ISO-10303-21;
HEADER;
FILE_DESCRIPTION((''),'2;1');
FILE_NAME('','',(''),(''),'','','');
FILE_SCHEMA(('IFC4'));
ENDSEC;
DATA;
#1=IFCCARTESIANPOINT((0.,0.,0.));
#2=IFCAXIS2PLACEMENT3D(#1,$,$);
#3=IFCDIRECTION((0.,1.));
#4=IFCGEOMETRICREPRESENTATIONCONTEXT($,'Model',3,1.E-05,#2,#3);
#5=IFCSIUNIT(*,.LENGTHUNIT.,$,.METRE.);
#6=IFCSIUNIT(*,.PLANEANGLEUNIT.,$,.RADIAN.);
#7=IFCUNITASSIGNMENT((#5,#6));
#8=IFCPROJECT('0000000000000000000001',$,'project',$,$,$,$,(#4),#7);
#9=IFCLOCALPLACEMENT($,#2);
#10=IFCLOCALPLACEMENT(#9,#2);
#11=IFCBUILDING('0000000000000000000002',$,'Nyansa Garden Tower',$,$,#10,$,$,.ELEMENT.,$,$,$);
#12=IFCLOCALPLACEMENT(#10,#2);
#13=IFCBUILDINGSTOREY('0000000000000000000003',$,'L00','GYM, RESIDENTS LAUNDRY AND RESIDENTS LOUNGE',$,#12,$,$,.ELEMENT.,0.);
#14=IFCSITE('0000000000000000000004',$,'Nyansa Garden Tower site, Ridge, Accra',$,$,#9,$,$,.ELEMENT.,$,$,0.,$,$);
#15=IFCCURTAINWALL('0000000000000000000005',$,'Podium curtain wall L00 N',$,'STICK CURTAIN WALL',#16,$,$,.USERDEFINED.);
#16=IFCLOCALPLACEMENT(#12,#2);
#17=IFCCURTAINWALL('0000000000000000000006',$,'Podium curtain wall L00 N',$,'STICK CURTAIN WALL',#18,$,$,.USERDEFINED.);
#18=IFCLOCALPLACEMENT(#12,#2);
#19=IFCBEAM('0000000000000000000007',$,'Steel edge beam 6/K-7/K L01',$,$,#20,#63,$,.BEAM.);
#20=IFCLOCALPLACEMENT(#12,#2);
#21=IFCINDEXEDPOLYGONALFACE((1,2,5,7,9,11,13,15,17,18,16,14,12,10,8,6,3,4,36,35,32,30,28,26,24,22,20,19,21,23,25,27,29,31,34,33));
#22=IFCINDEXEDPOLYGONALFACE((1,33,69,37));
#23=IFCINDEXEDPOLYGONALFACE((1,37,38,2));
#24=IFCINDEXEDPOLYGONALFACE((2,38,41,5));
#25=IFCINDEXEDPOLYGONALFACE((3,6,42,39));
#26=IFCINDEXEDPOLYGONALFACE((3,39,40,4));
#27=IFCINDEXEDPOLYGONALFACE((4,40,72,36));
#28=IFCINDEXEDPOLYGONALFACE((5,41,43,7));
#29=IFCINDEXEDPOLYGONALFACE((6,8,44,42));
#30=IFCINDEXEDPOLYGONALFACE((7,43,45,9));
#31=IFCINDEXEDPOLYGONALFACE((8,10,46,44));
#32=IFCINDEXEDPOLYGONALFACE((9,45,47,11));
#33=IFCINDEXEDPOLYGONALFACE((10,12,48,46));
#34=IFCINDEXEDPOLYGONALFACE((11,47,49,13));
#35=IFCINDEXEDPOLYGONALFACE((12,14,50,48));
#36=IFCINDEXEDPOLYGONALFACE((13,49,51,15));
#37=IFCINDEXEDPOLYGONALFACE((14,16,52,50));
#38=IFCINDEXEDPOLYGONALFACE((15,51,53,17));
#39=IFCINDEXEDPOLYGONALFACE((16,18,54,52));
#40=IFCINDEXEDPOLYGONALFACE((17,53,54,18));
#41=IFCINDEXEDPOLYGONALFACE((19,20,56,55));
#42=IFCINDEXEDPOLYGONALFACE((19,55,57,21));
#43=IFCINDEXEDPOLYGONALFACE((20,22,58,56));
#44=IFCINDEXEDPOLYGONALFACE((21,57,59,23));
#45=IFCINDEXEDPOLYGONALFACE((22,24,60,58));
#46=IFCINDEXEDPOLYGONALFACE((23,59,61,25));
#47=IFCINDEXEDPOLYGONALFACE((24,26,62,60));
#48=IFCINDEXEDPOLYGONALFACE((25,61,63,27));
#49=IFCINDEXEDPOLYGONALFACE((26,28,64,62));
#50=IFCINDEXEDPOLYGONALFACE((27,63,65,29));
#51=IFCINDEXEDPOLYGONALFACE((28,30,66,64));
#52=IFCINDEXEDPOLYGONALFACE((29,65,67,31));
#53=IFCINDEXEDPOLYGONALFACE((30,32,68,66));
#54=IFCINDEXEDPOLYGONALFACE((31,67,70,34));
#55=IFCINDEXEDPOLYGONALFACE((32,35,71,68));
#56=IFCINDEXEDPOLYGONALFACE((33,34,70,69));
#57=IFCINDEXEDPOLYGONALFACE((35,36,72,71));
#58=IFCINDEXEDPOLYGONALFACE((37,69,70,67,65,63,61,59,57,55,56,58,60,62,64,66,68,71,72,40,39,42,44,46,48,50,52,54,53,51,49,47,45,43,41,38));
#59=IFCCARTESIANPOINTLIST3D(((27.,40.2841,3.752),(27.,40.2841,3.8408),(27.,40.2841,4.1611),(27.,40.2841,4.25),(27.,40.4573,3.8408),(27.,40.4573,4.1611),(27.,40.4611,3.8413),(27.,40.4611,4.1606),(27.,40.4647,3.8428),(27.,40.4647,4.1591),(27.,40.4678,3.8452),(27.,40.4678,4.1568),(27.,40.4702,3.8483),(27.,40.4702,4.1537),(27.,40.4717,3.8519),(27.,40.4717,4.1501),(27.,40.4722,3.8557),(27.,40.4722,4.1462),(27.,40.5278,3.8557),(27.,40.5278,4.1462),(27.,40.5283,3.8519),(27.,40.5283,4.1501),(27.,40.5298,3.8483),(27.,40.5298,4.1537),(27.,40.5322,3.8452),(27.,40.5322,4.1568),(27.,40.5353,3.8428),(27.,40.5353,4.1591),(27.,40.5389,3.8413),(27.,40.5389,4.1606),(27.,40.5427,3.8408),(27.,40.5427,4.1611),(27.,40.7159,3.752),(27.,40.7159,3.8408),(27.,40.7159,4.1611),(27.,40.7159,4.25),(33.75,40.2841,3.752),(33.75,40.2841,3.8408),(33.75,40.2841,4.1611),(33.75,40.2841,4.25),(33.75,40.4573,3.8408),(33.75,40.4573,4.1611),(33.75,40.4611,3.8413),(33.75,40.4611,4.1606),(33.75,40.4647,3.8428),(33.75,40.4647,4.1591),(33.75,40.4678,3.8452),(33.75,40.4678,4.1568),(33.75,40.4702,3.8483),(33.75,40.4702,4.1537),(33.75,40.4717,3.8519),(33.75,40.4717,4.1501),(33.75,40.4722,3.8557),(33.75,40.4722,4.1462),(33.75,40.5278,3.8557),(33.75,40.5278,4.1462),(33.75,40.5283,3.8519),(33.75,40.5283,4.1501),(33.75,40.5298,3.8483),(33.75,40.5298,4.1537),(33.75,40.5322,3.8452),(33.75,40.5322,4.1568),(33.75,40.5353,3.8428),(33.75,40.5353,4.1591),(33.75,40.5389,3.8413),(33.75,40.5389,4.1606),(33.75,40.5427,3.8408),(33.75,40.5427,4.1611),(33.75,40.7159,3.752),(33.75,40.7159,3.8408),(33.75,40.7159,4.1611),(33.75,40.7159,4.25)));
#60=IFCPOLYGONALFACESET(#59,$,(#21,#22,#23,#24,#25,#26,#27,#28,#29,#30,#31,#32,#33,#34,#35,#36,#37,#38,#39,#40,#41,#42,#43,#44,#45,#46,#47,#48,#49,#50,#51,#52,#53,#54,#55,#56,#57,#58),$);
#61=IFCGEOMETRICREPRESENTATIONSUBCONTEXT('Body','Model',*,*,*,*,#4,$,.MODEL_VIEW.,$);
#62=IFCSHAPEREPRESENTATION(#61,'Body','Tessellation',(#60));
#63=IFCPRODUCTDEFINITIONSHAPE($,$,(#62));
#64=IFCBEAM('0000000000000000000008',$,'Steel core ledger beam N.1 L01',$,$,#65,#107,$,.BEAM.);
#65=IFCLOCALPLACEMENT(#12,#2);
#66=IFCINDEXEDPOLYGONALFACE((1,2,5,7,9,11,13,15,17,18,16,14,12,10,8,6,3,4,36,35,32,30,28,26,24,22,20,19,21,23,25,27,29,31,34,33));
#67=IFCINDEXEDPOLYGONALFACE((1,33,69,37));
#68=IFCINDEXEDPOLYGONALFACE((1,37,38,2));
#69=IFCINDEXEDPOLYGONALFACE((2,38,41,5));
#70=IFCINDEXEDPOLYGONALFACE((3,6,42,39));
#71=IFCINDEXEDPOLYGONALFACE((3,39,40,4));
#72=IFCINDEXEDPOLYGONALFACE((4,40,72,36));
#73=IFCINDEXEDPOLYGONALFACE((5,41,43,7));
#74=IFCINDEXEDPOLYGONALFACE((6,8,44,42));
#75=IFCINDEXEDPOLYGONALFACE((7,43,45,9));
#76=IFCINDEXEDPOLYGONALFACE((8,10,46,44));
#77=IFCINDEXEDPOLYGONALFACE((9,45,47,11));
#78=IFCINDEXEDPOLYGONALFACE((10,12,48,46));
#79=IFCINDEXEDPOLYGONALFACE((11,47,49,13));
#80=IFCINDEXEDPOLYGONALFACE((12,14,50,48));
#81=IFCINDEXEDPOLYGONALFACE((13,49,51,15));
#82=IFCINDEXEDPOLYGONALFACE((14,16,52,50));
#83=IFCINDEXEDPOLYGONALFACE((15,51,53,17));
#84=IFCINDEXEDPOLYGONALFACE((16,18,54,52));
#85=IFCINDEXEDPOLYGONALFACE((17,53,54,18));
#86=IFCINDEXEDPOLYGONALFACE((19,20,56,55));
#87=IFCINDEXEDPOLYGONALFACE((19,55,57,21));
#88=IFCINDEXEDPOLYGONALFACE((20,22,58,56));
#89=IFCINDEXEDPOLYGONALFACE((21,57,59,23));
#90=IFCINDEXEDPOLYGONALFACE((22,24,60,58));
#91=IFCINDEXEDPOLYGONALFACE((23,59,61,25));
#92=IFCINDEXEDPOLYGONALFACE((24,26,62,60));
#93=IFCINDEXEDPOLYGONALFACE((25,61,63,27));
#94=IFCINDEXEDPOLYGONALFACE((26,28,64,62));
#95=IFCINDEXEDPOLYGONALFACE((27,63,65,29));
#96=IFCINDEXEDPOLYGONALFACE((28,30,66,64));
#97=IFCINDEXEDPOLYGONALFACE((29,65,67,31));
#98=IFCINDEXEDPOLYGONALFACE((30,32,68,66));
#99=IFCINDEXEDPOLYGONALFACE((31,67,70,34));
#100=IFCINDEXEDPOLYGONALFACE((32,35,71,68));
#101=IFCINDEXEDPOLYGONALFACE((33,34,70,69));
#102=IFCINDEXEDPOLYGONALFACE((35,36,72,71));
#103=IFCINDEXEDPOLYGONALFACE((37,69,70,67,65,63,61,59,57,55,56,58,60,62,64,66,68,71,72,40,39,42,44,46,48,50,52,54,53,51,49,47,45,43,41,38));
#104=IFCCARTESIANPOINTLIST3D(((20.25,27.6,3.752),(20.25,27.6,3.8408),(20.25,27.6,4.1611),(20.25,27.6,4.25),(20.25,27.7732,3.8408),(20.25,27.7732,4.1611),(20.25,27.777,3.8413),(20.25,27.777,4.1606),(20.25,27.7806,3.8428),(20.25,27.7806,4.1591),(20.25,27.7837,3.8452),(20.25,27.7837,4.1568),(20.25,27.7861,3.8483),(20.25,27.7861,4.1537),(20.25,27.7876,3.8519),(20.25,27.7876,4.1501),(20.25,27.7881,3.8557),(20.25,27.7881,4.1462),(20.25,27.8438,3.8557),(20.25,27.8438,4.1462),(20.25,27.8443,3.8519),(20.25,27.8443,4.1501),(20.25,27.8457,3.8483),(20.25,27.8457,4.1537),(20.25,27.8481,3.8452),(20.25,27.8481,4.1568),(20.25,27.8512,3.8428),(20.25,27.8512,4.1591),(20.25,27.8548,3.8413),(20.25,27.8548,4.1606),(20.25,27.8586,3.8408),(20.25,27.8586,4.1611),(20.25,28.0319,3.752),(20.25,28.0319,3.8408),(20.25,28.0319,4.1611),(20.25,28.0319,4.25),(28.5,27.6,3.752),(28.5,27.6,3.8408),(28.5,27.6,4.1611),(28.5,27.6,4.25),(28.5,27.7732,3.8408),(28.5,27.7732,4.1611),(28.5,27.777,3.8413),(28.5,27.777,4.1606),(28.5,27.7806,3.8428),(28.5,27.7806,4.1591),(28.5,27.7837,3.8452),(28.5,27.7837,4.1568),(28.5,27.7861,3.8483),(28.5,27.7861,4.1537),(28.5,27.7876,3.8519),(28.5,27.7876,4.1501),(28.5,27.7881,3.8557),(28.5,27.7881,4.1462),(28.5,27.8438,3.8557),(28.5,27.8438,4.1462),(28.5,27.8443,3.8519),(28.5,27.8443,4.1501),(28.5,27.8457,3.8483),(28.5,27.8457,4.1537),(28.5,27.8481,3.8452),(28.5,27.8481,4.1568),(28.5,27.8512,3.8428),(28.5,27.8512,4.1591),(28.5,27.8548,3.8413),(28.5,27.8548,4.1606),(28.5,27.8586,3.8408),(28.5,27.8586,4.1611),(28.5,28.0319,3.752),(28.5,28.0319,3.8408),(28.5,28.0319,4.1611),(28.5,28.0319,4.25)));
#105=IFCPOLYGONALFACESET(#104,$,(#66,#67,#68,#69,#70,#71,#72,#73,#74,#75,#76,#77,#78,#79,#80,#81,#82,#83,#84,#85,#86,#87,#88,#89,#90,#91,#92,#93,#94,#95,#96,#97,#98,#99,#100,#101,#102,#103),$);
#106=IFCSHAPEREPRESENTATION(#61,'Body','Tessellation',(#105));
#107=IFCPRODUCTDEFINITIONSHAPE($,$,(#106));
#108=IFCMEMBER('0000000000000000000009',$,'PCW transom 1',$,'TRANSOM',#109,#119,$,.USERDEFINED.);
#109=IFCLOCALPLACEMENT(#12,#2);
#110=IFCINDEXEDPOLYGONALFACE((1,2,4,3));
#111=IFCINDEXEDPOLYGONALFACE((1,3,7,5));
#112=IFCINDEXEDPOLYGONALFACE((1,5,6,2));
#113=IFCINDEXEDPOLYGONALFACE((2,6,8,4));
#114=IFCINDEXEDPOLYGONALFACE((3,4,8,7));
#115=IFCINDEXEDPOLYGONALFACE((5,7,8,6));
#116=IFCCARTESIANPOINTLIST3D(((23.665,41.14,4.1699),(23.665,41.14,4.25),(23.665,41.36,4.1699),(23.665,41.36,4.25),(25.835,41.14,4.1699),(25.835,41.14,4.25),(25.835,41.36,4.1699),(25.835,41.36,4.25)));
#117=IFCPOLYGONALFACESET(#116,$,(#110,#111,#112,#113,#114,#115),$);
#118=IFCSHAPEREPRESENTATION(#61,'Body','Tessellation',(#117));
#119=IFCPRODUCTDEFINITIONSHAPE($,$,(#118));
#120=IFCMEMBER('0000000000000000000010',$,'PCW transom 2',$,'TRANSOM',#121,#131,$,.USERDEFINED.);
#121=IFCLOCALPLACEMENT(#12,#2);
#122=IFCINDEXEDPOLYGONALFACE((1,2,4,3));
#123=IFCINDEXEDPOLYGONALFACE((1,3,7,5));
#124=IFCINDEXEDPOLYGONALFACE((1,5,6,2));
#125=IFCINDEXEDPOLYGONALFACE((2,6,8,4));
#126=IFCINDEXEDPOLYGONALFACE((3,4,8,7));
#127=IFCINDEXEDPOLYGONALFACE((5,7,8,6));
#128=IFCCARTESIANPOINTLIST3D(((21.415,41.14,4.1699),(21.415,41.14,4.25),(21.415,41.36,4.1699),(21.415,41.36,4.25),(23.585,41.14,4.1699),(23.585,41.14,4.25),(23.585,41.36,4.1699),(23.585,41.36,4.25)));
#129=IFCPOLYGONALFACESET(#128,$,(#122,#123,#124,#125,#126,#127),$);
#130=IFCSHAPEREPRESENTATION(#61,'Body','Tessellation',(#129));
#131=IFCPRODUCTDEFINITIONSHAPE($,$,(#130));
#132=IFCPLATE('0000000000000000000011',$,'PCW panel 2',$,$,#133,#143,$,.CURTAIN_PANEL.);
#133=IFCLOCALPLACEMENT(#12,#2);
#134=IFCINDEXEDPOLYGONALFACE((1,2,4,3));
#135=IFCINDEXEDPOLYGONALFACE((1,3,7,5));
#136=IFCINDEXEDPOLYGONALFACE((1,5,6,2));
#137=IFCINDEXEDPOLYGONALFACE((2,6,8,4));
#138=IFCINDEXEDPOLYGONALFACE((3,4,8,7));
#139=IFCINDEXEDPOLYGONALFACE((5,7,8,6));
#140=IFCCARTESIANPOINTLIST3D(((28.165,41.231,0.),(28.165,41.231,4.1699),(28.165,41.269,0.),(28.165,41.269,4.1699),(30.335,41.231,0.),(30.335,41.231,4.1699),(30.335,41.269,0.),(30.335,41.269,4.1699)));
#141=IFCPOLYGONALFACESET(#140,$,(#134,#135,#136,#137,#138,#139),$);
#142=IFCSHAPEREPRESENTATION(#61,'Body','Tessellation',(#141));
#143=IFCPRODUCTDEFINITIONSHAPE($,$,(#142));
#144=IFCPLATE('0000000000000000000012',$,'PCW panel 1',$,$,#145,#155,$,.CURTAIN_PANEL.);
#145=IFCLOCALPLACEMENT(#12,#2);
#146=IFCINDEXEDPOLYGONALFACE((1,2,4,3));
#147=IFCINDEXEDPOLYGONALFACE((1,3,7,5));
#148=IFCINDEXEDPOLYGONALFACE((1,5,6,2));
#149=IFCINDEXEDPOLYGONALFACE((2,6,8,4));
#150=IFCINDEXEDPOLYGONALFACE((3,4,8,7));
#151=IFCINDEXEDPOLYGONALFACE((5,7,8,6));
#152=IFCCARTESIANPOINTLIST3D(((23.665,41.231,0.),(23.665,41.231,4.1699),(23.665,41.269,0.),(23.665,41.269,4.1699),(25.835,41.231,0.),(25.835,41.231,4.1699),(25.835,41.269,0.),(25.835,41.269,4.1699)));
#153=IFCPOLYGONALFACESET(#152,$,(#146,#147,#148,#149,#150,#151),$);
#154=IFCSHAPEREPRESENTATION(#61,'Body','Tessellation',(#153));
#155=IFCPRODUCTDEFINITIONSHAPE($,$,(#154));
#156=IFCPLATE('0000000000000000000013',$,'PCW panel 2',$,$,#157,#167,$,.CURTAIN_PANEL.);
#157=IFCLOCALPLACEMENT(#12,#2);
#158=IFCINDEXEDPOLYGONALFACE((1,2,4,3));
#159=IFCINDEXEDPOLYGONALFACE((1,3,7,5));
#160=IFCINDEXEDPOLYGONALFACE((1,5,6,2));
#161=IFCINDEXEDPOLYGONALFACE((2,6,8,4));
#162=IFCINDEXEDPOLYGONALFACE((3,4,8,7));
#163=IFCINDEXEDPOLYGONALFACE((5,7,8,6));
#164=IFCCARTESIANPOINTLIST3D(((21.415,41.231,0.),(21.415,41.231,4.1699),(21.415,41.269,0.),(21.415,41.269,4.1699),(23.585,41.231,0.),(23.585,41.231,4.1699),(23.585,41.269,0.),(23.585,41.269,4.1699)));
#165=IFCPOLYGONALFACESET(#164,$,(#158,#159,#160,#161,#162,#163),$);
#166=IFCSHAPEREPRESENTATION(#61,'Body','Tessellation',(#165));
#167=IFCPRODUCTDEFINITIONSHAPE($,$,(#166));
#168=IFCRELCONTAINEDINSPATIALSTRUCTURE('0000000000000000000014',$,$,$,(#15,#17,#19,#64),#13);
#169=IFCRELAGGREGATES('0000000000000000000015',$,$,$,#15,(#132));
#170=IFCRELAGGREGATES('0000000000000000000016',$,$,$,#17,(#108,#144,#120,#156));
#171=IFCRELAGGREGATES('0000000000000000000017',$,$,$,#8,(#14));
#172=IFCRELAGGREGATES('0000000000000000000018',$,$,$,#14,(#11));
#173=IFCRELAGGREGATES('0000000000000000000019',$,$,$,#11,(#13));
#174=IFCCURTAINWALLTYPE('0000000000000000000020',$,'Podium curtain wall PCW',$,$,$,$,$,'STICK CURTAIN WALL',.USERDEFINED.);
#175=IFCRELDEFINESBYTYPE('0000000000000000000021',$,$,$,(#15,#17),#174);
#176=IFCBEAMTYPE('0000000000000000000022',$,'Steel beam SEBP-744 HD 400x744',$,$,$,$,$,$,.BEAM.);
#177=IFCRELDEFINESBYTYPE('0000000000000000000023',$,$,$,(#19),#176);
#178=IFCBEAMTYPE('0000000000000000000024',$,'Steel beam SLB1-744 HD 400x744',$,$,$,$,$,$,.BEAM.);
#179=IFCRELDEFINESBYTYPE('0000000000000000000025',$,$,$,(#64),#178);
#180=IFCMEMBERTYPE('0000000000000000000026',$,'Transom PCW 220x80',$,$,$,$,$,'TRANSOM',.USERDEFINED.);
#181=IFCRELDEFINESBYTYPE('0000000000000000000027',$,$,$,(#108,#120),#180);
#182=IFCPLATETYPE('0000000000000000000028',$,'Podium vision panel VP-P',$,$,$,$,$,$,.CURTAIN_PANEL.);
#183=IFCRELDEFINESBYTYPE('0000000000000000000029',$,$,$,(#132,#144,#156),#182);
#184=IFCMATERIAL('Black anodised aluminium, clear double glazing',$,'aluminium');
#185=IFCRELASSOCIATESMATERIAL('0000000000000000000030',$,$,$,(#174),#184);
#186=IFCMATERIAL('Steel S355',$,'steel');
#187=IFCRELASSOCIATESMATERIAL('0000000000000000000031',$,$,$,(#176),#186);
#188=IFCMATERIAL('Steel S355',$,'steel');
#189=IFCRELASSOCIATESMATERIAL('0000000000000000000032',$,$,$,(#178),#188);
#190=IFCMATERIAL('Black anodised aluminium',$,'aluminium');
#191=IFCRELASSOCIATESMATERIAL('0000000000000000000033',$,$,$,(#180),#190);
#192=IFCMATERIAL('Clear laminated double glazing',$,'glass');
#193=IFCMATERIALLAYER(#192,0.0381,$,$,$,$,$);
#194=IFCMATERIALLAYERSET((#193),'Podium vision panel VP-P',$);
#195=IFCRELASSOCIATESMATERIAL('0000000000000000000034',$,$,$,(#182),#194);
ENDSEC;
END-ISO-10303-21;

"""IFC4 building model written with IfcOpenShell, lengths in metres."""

from ifc_helpers import new_model, si_unit, direction, frame, origin, origin_2d, place, context, subcontext, project, spatial, rectangle, i_section, extrude, material, layer, layer_set, material_profile, profile_set, type_object, element, aggregate, save


model = new_model("IFC4")

# Units and contexts
model_context = context("Model", 3, precision=1e-05, world=origin(), true_north=direction((0.0, 1.0)))
body_context = subcontext(model_context, "Body", "Model", "MODEL_VIEW")
ifc_project = project(units=[si_unit("LENGTHUNIT", "METRE"), si_unit("PLANEANGLEUNIT", "RADIAN")], contexts=[model_context])

# Site, building, storey
site_placement = place(None, origin())
site = spatial("IfcSite", under=ifc_project, at=site_placement, Name="Nyansa Garden Tower site, Ridge, Accra", CompositionType="ELEMENT", RefElevation=0.0)
building_placement = place(site_placement, origin())
building = spatial("IfcBuilding", under=site, at=building_placement, Name="Nyansa Garden Tower", CompositionType="ELEMENT")
storey_placement = place(building_placement, origin())
storey = spatial("IfcBuildingStorey", under=building, at=storey_placement, Name="L00", Description="GYM, RESIDENTS LAUNDRY AND RESIDENTS LOUNGE", CompositionType="ELEMENT", Elevation=0.0)

# Curtain wall
ifc_material_1 = material(Name="Black anodised aluminium, clear double glazing", Category="aluminium")
curtain_wall_type = type_object("IfcCurtainWallType", Name="Podium curtain wall PCW", ElementType="STICK CURTAIN WALL", PredefinedType="USERDEFINED", material=ifc_material_1)
curtain_wall_1_placement = place(storey_placement, origin())
curtain_wall_1 = element("IfcCurtainWall", 1, at=curtain_wall_1_placement, inside=storey, type_object=curtain_wall_type, Name="Podium curtain wall L00 N", ObjectType="STICK CURTAIN WALL", PredefinedType="USERDEFINED")

# Curtain wall
curtain_wall_2_placement = place(storey_placement, origin())
curtain_wall_2 = element("IfcCurtainWall", 2, at=curtain_wall_2_placement, inside=storey, type_object=curtain_wall_type, Name="Podium curtain wall L00 N", ObjectType="STICK CURTAIN WALL", PredefinedType="USERDEFINED")

# Beams
ifc_material_2 = material(Name="Steel S355", Category="steel")
ifc_material_profile_1 = material_profile(ifc_material_2, i_section(OverallWidth=0.4319, OverallDepth=0.498, WebThickness=0.0557, FlangeThickness=0.0889, FilletRadius=0.0149, at=origin_2d()), Name="HD 400x744")
ifc_profile_set_1 = profile_set([ifc_material_profile_1], Name="Steel S355")
beam_type_1 = type_object("IfcBeamType", Name="Steel beam SEBP-744 HD 400x744", PredefinedType="BEAM", material=ifc_profile_set_1)
beam_1_placement = place(storey_placement, frame((27.0, 40.5, 4.001), z_axis=(1.0, 0.0, 0.0), x_axis=(0.0, 1.0, 0.0)))
element("IfcBeam", 3, at=beam_1_placement, inside=storey, type_object=beam_type_1, Name="Steel edge beam 6/K-7/K L01", PredefinedType="BEAM", context=body_context, shape_type="SweptSolid", body=[
    extrude(i_section(OverallWidth=0.4319, OverallDepth=0.498, WebThickness=0.0557, FlangeThickness=0.0889, FilletRadius=0.0149, at=origin_2d()), origin(), (0.0, 0.0, 1.0), 6.75),
])
ifc_material_3 = material(Name="Steel S355", Category="steel")
ifc_material_profile_2 = material_profile(ifc_material_3, i_section(OverallWidth=0.4319, OverallDepth=0.498, WebThickness=0.0557, FlangeThickness=0.0889, FilletRadius=0.0149, at=origin_2d()), Name="HD 400x744")
ifc_profile_set_2 = profile_set([ifc_material_profile_2], Name="Steel S355")
beam_type_2 = type_object("IfcBeamType", Name="Steel beam SLB1-744 HD 400x744", PredefinedType="BEAM", material=ifc_profile_set_2)
beam_2_placement = place(storey_placement, frame((28.5, 27.8159, 4.001), z_axis=(-1.0, 0.0, 0.0), x_axis=(0.0, -1.0, 0.0)))
element("IfcBeam", 4, at=beam_2_placement, inside=storey, type_object=beam_type_2, Name="Steel core ledger beam N.1 L01", PredefinedType="BEAM", context=body_context, shape_type="SweptSolid", body=[
    extrude(i_section(OverallWidth=0.4319, OverallDepth=0.498, WebThickness=0.0557, FlangeThickness=0.0889, FilletRadius=0.0149, at=origin_2d()), origin(), (0.0, 0.0, 1.0), 8.25),
])

# Members
ifc_material_4 = material(Name="Black anodised aluminium", Category="aluminium")
ifc_material_profile_3 = material_profile(ifc_material_4, rectangle(XDim=0.22, YDim=0.0801, at=origin_2d()), Name="Transom 220x80")
ifc_profile_set_3 = profile_set([ifc_material_profile_3], Name="Black anodised aluminium")
member_type_1 = type_object("IfcMemberType", Name="Transom PCW 220x80", ElementType="TRANSOM", PredefinedType="USERDEFINED", material=ifc_profile_set_3)
member_1_placement = place(storey_placement, frame((25.835, 41.25, 4.21), z_axis=(-1.0, 0.0, 0.0), x_axis=(0.0, -1.0, 0.0)))
member_1 = element("IfcMember", 5, at=member_1_placement, type_object=member_type_1, Name="PCW transom 1", ObjectType="TRANSOM", PredefinedType="USERDEFINED", context=body_context, shape_type="SweptSolid", body=[
    extrude(rectangle(XDim=0.22, YDim=0.0801, at=origin_2d()), origin(), (0.0, 0.0, 1.0), 2.1699),
])
member_2_placement = place(storey_placement, frame((23.585, 41.25, 4.21), z_axis=(-1.0, 0.0, 0.0), x_axis=(0.0, -1.0, 0.0)))
member_2 = element("IfcMember", 6, at=member_2_placement, type_object=member_type_1, Name="PCW transom 2", ObjectType="TRANSOM", PredefinedType="USERDEFINED", context=body_context, shape_type="SweptSolid", body=[
    extrude(rectangle(XDim=0.22, YDim=0.0801, at=origin_2d()), origin(), (0.0, 0.0, 1.0), 2.1699),
])

# Plates
ifc_material_5 = material(Name="Clear laminated double glazing", Category="glass")
ifc_layer_1 = layer(ifc_material_5, 0.0381)
ifc_layer_set_1 = layer_set([ifc_layer_1], Name="Podium vision panel VP-P")
plate_type = type_object("IfcPlateType", Name="Podium vision panel VP-P", PredefinedType="CURTAIN_PANEL", material=ifc_layer_set_1)
plate_1_placement = place(storey_placement, frame((29.25, 41.25, 0.0), z_axis=(0.0, 0.0, 1.0), x_axis=(-1.0, 0.0, 0.0)))
plate_1 = element("IfcPlate", 7, at=plate_1_placement, type_object=plate_type, Name="PCW panel 2", PredefinedType="CURTAIN_PANEL", context=body_context, shape_type="SweptSolid", body=[
    extrude(rectangle(XDim=2.1699, YDim=0.0381, at=origin_2d()), origin(), (0.0, 0.0, 1.0), 4.1699),
])
aggregate(curtain_wall_1, [plate_1])
plate_2_placement = place(storey_placement, frame((24.75, 41.25, 0.0), z_axis=(0.0, 0.0, 1.0), x_axis=(-1.0, 0.0, 0.0)))
plate_2 = element("IfcPlate", 8, at=plate_2_placement, type_object=plate_type, Name="PCW panel 1", PredefinedType="CURTAIN_PANEL", context=body_context, shape_type="SweptSolid", body=[
    extrude(rectangle(XDim=2.1699, YDim=0.0381, at=origin_2d()), origin(), (0.0, 0.0, 1.0), 4.1699),
])
plate_3_placement = place(storey_placement, frame((22.5, 41.25, 0.0), z_axis=(0.0, 0.0, 1.0), x_axis=(-1.0, 0.0, 0.0)))
plate_3 = element("IfcPlate", 9, at=plate_3_placement, type_object=plate_type, Name="PCW panel 2", PredefinedType="CURTAIN_PANEL", context=body_context, shape_type="SweptSolid", body=[
    extrude(rectangle(XDim=2.1699, YDim=0.0381, at=origin_2d()), origin(), (0.0, 0.0, 1.0), 4.1699),
])
aggregate(curtain_wall_2, [member_1, plate_2, member_2, plate_3])

save(model, "model.ifc")
